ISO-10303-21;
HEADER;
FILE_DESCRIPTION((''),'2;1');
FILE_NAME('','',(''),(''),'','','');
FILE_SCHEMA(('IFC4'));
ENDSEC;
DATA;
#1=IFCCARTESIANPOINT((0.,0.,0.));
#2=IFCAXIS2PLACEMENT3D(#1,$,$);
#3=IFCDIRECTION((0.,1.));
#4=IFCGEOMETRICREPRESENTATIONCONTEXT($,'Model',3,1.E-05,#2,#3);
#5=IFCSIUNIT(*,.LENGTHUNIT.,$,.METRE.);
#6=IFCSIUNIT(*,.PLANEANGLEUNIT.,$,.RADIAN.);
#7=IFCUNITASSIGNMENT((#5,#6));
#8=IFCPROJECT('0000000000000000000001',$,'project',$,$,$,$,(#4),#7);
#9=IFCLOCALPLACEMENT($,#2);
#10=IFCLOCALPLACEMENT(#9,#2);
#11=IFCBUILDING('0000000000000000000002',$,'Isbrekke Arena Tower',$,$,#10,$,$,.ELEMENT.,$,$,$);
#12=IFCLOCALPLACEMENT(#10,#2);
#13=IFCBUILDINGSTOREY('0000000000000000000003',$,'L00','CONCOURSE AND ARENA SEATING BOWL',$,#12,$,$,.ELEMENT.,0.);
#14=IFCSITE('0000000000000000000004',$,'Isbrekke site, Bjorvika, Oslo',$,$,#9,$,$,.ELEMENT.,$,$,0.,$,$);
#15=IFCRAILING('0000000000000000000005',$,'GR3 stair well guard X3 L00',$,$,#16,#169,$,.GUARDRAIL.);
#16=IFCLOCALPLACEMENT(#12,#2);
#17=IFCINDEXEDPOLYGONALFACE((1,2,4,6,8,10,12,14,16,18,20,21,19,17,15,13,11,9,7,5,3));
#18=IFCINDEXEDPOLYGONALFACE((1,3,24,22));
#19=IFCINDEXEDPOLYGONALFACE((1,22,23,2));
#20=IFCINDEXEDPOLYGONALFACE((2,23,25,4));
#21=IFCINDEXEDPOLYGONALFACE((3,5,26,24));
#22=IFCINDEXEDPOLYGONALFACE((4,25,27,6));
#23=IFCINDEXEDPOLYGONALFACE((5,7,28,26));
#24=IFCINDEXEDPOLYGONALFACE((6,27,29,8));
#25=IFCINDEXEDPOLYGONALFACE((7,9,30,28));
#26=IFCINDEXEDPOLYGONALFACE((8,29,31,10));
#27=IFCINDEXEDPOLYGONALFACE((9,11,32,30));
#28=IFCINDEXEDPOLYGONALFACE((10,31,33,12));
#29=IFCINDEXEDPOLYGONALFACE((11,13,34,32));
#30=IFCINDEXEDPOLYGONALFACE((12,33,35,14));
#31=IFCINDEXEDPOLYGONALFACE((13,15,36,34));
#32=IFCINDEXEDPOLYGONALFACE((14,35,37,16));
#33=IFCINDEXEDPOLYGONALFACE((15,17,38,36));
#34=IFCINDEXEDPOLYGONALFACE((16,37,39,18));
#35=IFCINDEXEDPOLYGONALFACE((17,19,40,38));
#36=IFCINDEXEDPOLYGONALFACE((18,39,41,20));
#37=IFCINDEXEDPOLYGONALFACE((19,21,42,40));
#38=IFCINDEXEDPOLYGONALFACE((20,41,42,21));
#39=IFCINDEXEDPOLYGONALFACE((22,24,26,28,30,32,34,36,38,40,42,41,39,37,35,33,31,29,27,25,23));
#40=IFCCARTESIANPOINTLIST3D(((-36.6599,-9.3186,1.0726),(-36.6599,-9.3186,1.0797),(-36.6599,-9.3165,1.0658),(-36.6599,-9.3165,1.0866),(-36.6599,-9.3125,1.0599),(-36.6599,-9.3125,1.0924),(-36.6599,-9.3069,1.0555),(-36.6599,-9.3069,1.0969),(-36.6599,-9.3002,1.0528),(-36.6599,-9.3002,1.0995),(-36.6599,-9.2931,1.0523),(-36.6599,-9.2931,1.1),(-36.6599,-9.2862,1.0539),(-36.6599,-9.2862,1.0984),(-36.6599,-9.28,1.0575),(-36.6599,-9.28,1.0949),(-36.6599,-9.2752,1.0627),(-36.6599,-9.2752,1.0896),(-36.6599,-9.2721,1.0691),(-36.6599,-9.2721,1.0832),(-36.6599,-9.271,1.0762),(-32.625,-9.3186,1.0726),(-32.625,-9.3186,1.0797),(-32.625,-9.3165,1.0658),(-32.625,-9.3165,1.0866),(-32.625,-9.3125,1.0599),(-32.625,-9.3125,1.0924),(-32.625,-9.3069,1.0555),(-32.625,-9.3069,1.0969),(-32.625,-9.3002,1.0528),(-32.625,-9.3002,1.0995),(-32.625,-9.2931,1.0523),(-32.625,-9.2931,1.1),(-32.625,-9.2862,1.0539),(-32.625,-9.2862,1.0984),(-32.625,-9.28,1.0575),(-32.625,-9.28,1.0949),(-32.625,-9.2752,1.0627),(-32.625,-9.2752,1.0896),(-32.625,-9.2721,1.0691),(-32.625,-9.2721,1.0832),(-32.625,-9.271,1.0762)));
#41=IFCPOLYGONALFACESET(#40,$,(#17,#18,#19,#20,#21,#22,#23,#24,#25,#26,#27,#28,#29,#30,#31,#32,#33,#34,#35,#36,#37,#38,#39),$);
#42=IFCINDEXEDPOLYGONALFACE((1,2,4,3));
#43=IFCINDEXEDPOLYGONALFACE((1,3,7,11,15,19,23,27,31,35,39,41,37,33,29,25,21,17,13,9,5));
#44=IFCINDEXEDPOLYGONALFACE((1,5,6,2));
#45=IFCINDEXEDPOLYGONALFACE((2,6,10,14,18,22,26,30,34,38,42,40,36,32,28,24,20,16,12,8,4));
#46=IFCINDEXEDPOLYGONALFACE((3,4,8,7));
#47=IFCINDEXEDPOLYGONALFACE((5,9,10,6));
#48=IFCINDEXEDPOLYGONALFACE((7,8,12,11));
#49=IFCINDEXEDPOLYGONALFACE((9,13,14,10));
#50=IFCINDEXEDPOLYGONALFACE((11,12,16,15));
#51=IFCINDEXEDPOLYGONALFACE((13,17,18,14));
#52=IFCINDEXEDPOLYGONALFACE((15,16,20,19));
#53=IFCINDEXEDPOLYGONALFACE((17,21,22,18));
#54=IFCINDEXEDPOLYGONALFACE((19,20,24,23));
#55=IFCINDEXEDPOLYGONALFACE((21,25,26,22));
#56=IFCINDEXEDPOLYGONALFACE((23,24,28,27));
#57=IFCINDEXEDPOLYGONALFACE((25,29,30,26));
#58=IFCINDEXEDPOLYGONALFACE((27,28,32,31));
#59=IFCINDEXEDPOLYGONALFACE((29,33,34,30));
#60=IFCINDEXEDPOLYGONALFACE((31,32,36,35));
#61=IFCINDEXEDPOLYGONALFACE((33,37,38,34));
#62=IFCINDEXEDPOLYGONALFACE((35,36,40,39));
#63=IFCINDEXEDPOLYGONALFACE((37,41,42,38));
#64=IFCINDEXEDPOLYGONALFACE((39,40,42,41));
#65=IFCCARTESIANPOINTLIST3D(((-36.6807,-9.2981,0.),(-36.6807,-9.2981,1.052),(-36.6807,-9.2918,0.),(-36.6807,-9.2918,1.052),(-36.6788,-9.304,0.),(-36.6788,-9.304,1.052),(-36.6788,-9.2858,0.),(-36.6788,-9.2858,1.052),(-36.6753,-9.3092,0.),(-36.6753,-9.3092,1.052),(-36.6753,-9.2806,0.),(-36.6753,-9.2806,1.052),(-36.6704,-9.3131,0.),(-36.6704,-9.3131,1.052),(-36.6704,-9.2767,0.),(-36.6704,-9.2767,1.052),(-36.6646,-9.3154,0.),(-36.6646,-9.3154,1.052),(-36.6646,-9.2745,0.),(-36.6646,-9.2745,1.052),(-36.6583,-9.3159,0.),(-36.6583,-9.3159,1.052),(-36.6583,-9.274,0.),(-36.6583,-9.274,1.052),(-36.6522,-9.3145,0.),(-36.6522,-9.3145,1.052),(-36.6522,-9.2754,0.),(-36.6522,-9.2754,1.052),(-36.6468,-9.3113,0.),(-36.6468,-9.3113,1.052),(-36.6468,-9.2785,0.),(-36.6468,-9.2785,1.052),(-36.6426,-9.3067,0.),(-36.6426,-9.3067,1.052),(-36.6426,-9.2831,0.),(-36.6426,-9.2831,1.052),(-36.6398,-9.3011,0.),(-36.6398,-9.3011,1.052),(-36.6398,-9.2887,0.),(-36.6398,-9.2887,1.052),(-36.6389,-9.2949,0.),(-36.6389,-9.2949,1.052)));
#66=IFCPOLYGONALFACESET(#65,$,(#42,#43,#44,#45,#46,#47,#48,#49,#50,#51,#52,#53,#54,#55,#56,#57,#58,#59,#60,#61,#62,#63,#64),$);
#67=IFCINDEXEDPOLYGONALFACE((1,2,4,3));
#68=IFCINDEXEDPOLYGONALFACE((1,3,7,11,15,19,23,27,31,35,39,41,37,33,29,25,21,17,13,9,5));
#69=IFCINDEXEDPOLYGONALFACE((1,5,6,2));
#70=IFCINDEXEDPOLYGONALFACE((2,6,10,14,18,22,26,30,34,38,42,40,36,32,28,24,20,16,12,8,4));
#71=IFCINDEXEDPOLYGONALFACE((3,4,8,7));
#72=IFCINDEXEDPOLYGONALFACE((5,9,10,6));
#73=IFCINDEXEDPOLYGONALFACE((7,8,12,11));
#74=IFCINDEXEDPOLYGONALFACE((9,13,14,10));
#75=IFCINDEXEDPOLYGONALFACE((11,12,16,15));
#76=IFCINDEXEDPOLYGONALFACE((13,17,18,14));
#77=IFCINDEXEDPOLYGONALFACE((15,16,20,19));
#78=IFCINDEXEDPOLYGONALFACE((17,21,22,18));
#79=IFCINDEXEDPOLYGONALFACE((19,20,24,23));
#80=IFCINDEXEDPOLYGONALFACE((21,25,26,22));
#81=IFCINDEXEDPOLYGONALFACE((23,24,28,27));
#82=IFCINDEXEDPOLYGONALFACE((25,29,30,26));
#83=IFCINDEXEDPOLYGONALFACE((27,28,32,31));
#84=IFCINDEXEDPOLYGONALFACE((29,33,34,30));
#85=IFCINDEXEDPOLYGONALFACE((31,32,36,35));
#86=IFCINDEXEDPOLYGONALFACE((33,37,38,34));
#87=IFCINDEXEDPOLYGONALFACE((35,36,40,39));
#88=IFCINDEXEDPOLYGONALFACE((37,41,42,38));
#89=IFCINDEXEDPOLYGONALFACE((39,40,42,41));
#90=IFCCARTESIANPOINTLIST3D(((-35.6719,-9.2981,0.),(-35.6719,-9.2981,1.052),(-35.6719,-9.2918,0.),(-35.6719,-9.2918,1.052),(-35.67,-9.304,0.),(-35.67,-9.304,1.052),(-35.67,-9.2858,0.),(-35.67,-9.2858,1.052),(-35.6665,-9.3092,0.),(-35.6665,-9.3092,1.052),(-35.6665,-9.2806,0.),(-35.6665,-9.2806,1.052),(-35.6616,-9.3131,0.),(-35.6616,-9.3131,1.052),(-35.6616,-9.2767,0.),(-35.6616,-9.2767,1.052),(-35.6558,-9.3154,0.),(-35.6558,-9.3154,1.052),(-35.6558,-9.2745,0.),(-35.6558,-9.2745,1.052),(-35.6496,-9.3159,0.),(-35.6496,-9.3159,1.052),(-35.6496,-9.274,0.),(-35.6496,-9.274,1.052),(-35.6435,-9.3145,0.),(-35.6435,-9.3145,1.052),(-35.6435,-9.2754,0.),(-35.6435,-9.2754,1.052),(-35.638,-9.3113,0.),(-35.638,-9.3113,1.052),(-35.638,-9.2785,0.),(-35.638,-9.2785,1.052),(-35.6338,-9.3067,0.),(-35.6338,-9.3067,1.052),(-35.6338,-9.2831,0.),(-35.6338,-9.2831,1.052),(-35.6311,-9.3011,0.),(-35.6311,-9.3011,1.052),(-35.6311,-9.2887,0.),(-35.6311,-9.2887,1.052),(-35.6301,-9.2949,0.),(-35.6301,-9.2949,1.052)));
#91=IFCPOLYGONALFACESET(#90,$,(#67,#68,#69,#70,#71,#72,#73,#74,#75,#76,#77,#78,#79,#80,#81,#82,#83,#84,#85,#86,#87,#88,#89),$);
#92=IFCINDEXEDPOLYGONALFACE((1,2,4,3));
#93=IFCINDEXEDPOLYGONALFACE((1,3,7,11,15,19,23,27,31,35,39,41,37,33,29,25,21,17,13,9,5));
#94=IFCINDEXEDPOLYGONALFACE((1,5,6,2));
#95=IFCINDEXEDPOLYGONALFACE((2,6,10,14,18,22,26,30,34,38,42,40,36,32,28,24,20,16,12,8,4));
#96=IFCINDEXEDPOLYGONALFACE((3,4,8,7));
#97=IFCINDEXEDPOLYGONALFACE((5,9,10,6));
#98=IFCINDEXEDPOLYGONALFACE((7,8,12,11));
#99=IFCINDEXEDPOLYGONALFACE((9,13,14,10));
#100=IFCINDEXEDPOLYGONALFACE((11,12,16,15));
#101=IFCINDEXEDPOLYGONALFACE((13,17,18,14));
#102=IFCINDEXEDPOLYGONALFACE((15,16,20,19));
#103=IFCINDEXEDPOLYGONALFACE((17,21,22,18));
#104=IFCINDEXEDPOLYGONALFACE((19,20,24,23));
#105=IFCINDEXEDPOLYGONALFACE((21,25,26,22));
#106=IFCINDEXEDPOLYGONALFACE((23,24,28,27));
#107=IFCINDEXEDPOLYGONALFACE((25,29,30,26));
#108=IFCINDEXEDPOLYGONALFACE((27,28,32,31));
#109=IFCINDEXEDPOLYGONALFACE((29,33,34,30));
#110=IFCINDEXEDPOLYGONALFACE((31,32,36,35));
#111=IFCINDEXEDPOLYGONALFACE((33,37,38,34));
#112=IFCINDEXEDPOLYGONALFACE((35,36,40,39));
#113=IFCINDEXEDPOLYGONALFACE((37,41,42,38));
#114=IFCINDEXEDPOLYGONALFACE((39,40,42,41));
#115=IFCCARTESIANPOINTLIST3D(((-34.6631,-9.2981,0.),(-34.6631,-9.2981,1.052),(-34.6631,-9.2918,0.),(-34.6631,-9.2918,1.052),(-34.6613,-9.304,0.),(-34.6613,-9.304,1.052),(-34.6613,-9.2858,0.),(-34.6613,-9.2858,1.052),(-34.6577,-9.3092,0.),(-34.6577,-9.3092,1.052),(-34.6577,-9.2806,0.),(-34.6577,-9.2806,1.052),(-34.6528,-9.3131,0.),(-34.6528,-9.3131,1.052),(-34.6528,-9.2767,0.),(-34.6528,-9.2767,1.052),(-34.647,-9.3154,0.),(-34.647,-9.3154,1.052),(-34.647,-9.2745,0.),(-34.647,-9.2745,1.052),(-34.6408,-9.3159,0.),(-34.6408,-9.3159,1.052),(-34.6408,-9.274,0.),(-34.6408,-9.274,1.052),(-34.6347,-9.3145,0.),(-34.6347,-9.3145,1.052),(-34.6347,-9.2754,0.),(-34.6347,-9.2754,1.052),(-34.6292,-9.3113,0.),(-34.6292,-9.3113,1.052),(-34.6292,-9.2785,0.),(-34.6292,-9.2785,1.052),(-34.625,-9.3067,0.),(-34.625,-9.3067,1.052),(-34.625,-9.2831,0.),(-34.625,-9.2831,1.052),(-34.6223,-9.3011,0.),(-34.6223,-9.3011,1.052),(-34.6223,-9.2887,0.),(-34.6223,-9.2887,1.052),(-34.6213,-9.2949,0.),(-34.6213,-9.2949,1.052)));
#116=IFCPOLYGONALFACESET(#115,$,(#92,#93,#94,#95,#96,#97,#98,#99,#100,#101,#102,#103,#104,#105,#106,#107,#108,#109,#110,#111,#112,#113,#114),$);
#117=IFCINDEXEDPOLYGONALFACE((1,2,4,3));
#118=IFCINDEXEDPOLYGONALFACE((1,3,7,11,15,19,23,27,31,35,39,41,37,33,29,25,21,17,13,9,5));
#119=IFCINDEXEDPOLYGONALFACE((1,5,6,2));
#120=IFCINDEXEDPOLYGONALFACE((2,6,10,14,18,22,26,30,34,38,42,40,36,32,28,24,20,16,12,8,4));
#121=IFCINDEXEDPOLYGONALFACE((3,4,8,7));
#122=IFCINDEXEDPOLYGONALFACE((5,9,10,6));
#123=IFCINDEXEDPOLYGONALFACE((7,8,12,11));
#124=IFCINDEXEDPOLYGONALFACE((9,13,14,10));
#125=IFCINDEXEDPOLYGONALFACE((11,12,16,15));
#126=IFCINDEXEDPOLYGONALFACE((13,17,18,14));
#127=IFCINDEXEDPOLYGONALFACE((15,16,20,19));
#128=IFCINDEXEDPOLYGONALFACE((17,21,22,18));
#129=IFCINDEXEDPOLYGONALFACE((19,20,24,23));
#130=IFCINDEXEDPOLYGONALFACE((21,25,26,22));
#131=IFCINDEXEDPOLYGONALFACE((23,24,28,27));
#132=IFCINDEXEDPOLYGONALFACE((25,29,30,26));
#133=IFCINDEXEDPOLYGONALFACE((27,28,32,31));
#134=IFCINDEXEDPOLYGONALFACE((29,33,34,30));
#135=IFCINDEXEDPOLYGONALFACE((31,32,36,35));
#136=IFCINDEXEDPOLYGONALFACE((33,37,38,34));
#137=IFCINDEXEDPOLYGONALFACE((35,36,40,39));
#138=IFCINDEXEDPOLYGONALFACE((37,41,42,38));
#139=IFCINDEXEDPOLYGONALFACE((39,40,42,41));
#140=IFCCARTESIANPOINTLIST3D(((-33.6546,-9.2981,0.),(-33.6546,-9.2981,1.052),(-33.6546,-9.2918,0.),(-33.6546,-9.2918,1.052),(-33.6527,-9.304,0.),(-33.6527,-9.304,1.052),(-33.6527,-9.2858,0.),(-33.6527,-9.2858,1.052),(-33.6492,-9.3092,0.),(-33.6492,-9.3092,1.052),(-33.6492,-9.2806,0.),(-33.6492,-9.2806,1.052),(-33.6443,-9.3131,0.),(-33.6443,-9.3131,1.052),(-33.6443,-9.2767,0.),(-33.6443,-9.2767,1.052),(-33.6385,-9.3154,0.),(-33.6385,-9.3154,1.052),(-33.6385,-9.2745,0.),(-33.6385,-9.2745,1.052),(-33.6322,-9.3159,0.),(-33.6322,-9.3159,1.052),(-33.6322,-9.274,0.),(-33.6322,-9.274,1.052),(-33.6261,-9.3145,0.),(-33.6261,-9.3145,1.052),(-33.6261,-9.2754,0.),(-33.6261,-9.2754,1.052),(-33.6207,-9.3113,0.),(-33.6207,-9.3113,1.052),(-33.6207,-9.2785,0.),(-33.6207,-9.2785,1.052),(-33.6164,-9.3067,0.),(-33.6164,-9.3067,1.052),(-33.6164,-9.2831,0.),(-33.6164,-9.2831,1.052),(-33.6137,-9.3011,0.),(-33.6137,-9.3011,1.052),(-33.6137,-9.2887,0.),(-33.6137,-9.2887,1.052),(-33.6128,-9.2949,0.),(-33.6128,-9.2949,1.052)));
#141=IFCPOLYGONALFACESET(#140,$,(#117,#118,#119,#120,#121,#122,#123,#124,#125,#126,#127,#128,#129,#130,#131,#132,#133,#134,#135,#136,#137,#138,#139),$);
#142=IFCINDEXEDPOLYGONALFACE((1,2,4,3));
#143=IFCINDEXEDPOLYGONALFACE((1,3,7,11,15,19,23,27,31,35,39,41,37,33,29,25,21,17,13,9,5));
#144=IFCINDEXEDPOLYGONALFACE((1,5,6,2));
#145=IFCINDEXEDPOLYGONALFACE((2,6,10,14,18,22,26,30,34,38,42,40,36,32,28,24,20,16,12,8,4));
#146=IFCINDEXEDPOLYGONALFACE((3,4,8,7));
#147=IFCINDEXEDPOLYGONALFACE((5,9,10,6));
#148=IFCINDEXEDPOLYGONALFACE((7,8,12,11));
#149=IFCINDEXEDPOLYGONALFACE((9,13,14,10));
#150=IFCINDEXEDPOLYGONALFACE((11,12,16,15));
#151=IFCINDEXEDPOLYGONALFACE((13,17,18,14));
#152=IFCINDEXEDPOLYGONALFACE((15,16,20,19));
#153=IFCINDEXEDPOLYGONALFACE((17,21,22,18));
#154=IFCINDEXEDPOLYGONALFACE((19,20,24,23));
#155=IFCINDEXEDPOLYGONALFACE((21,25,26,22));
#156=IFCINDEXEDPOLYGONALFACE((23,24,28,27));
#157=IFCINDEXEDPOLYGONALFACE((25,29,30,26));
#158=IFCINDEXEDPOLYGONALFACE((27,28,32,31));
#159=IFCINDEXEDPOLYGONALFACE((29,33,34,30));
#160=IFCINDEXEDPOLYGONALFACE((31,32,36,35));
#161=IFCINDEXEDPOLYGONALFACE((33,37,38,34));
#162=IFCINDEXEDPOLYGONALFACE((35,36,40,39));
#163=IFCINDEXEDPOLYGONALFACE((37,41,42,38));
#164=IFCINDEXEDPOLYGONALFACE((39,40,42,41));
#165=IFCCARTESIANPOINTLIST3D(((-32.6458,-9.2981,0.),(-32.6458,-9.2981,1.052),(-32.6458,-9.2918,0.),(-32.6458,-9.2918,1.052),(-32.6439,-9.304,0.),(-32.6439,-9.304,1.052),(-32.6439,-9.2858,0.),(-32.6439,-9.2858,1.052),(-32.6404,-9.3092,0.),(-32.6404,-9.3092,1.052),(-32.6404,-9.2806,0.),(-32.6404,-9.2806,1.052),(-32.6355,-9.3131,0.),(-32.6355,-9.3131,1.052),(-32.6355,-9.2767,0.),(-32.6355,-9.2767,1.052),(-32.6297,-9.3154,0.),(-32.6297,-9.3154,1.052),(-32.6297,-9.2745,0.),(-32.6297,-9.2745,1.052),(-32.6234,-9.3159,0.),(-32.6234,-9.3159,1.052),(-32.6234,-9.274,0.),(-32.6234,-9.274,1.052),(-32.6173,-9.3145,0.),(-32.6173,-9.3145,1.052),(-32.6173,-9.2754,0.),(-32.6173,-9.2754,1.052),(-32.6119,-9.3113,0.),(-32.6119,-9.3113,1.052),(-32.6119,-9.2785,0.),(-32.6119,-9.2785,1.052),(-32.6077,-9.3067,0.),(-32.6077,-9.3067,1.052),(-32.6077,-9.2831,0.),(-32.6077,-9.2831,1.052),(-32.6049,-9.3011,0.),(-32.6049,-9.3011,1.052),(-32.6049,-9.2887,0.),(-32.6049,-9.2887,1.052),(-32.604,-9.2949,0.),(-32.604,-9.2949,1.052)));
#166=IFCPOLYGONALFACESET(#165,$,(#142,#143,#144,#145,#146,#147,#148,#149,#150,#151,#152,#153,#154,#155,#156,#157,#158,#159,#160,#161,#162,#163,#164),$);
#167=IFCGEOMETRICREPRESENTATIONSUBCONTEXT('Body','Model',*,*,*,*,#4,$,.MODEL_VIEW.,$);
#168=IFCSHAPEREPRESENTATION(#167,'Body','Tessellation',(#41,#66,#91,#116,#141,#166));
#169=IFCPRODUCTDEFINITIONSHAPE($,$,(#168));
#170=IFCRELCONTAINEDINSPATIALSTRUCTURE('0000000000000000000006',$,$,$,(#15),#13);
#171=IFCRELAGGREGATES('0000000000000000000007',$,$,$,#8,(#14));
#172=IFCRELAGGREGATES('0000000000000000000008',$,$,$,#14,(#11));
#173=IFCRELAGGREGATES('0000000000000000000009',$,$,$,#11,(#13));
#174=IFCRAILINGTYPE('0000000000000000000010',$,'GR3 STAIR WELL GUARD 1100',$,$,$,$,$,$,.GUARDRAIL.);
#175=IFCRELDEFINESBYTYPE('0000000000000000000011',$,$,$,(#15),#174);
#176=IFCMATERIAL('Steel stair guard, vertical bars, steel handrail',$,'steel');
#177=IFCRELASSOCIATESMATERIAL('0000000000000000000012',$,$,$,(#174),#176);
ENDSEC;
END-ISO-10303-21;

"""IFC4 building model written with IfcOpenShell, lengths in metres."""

from ifc_helpers import new_model, si_unit, direction, frame, origin, origin_2d, place, context, subcontext, project, spatial, circle, extrude, material, type_object, element, save


model = new_model("IFC4")

# Units and contexts
model_context = context("Model", 3, precision=1e-05, world=origin(), true_north=direction((0.0, 1.0)))
body_context = subcontext(model_context, "Body", "Model", "MODEL_VIEW")
ifc_project = project(units=[si_unit("LENGTHUNIT", "METRE"), si_unit("PLANEANGLEUNIT", "RADIAN")], contexts=[model_context])

# Site, building, storey
site_placement = place(None, origin())
site = spatial("IfcSite", under=ifc_project, at=site_placement, Name="Isbrekke site, Bjorvika, Oslo", CompositionType="ELEMENT", RefElevation=0.0)
building_placement = place(site_placement, origin())
building = spatial("IfcBuilding", under=site, at=building_placement, Name="Isbrekke Arena Tower", CompositionType="ELEMENT")
storey_placement = place(building_placement, origin())
storey = spatial("IfcBuildingStorey", under=building, at=storey_placement, Name="L00", Description="CONCOURSE AND ARENA SEATING BOWL", CompositionType="ELEMENT", Elevation=0.0)

# Railing
ifc_material_1 = material(Name="Steel stair guard, vertical bars, steel handrail", Category="steel")
railing_type_1 = type_object("IfcRailingType", Name="GR3 STAIR WELL GUARD 1100", PredefinedType="GUARDRAIL", material=ifc_material_1)
for number, where, name in (
    (1, (-36.6599, -9.2949, 0.0), "GR3 stair well guard X3 L00"),
):
    element("IfcRailing", number, at=place(storey_placement, frame(where)), inside=storey, type_object=railing_type_1, Name=name, PredefinedType="GUARDRAIL", context=body_context, shape_type="SweptSolid", body=[
        extrude(circle(Radius=0.0239, at=origin_2d()), frame((0.0, 0.0, 1.0762), z_axis=(1.0, 0.0, 0.0), x_axis=(0.0, 1.0, 0.0)), (0.0, 0.0, 1.0), 4.0349),
        extrude(circle(Radius=0.021, at=origin_2d()), origin(), (0.0, 0.0, 1.0), 1.052),
        extrude(circle(Radius=0.021, at=origin_2d()), frame((1.0088, 0.0, 0.0)), (0.0, 0.0, 1.0), 1.052),
        extrude(circle(Radius=0.021, at=origin_2d()), frame((2.0176, 0.0, 0.0)), (0.0, 0.0, 1.0), 1.052),
        extrude(circle(Radius=0.021, at=origin_2d()), frame((3.0261, 0.0, 0.0)), (0.0, 0.0, 1.0), 1.052),
        extrude(circle(Radius=0.021, at=origin_2d()), frame((4.0349, 0.0, 0.0)), (0.0, 0.0, 1.0), 1.052),
    ])

save(model, "model.ifc")
